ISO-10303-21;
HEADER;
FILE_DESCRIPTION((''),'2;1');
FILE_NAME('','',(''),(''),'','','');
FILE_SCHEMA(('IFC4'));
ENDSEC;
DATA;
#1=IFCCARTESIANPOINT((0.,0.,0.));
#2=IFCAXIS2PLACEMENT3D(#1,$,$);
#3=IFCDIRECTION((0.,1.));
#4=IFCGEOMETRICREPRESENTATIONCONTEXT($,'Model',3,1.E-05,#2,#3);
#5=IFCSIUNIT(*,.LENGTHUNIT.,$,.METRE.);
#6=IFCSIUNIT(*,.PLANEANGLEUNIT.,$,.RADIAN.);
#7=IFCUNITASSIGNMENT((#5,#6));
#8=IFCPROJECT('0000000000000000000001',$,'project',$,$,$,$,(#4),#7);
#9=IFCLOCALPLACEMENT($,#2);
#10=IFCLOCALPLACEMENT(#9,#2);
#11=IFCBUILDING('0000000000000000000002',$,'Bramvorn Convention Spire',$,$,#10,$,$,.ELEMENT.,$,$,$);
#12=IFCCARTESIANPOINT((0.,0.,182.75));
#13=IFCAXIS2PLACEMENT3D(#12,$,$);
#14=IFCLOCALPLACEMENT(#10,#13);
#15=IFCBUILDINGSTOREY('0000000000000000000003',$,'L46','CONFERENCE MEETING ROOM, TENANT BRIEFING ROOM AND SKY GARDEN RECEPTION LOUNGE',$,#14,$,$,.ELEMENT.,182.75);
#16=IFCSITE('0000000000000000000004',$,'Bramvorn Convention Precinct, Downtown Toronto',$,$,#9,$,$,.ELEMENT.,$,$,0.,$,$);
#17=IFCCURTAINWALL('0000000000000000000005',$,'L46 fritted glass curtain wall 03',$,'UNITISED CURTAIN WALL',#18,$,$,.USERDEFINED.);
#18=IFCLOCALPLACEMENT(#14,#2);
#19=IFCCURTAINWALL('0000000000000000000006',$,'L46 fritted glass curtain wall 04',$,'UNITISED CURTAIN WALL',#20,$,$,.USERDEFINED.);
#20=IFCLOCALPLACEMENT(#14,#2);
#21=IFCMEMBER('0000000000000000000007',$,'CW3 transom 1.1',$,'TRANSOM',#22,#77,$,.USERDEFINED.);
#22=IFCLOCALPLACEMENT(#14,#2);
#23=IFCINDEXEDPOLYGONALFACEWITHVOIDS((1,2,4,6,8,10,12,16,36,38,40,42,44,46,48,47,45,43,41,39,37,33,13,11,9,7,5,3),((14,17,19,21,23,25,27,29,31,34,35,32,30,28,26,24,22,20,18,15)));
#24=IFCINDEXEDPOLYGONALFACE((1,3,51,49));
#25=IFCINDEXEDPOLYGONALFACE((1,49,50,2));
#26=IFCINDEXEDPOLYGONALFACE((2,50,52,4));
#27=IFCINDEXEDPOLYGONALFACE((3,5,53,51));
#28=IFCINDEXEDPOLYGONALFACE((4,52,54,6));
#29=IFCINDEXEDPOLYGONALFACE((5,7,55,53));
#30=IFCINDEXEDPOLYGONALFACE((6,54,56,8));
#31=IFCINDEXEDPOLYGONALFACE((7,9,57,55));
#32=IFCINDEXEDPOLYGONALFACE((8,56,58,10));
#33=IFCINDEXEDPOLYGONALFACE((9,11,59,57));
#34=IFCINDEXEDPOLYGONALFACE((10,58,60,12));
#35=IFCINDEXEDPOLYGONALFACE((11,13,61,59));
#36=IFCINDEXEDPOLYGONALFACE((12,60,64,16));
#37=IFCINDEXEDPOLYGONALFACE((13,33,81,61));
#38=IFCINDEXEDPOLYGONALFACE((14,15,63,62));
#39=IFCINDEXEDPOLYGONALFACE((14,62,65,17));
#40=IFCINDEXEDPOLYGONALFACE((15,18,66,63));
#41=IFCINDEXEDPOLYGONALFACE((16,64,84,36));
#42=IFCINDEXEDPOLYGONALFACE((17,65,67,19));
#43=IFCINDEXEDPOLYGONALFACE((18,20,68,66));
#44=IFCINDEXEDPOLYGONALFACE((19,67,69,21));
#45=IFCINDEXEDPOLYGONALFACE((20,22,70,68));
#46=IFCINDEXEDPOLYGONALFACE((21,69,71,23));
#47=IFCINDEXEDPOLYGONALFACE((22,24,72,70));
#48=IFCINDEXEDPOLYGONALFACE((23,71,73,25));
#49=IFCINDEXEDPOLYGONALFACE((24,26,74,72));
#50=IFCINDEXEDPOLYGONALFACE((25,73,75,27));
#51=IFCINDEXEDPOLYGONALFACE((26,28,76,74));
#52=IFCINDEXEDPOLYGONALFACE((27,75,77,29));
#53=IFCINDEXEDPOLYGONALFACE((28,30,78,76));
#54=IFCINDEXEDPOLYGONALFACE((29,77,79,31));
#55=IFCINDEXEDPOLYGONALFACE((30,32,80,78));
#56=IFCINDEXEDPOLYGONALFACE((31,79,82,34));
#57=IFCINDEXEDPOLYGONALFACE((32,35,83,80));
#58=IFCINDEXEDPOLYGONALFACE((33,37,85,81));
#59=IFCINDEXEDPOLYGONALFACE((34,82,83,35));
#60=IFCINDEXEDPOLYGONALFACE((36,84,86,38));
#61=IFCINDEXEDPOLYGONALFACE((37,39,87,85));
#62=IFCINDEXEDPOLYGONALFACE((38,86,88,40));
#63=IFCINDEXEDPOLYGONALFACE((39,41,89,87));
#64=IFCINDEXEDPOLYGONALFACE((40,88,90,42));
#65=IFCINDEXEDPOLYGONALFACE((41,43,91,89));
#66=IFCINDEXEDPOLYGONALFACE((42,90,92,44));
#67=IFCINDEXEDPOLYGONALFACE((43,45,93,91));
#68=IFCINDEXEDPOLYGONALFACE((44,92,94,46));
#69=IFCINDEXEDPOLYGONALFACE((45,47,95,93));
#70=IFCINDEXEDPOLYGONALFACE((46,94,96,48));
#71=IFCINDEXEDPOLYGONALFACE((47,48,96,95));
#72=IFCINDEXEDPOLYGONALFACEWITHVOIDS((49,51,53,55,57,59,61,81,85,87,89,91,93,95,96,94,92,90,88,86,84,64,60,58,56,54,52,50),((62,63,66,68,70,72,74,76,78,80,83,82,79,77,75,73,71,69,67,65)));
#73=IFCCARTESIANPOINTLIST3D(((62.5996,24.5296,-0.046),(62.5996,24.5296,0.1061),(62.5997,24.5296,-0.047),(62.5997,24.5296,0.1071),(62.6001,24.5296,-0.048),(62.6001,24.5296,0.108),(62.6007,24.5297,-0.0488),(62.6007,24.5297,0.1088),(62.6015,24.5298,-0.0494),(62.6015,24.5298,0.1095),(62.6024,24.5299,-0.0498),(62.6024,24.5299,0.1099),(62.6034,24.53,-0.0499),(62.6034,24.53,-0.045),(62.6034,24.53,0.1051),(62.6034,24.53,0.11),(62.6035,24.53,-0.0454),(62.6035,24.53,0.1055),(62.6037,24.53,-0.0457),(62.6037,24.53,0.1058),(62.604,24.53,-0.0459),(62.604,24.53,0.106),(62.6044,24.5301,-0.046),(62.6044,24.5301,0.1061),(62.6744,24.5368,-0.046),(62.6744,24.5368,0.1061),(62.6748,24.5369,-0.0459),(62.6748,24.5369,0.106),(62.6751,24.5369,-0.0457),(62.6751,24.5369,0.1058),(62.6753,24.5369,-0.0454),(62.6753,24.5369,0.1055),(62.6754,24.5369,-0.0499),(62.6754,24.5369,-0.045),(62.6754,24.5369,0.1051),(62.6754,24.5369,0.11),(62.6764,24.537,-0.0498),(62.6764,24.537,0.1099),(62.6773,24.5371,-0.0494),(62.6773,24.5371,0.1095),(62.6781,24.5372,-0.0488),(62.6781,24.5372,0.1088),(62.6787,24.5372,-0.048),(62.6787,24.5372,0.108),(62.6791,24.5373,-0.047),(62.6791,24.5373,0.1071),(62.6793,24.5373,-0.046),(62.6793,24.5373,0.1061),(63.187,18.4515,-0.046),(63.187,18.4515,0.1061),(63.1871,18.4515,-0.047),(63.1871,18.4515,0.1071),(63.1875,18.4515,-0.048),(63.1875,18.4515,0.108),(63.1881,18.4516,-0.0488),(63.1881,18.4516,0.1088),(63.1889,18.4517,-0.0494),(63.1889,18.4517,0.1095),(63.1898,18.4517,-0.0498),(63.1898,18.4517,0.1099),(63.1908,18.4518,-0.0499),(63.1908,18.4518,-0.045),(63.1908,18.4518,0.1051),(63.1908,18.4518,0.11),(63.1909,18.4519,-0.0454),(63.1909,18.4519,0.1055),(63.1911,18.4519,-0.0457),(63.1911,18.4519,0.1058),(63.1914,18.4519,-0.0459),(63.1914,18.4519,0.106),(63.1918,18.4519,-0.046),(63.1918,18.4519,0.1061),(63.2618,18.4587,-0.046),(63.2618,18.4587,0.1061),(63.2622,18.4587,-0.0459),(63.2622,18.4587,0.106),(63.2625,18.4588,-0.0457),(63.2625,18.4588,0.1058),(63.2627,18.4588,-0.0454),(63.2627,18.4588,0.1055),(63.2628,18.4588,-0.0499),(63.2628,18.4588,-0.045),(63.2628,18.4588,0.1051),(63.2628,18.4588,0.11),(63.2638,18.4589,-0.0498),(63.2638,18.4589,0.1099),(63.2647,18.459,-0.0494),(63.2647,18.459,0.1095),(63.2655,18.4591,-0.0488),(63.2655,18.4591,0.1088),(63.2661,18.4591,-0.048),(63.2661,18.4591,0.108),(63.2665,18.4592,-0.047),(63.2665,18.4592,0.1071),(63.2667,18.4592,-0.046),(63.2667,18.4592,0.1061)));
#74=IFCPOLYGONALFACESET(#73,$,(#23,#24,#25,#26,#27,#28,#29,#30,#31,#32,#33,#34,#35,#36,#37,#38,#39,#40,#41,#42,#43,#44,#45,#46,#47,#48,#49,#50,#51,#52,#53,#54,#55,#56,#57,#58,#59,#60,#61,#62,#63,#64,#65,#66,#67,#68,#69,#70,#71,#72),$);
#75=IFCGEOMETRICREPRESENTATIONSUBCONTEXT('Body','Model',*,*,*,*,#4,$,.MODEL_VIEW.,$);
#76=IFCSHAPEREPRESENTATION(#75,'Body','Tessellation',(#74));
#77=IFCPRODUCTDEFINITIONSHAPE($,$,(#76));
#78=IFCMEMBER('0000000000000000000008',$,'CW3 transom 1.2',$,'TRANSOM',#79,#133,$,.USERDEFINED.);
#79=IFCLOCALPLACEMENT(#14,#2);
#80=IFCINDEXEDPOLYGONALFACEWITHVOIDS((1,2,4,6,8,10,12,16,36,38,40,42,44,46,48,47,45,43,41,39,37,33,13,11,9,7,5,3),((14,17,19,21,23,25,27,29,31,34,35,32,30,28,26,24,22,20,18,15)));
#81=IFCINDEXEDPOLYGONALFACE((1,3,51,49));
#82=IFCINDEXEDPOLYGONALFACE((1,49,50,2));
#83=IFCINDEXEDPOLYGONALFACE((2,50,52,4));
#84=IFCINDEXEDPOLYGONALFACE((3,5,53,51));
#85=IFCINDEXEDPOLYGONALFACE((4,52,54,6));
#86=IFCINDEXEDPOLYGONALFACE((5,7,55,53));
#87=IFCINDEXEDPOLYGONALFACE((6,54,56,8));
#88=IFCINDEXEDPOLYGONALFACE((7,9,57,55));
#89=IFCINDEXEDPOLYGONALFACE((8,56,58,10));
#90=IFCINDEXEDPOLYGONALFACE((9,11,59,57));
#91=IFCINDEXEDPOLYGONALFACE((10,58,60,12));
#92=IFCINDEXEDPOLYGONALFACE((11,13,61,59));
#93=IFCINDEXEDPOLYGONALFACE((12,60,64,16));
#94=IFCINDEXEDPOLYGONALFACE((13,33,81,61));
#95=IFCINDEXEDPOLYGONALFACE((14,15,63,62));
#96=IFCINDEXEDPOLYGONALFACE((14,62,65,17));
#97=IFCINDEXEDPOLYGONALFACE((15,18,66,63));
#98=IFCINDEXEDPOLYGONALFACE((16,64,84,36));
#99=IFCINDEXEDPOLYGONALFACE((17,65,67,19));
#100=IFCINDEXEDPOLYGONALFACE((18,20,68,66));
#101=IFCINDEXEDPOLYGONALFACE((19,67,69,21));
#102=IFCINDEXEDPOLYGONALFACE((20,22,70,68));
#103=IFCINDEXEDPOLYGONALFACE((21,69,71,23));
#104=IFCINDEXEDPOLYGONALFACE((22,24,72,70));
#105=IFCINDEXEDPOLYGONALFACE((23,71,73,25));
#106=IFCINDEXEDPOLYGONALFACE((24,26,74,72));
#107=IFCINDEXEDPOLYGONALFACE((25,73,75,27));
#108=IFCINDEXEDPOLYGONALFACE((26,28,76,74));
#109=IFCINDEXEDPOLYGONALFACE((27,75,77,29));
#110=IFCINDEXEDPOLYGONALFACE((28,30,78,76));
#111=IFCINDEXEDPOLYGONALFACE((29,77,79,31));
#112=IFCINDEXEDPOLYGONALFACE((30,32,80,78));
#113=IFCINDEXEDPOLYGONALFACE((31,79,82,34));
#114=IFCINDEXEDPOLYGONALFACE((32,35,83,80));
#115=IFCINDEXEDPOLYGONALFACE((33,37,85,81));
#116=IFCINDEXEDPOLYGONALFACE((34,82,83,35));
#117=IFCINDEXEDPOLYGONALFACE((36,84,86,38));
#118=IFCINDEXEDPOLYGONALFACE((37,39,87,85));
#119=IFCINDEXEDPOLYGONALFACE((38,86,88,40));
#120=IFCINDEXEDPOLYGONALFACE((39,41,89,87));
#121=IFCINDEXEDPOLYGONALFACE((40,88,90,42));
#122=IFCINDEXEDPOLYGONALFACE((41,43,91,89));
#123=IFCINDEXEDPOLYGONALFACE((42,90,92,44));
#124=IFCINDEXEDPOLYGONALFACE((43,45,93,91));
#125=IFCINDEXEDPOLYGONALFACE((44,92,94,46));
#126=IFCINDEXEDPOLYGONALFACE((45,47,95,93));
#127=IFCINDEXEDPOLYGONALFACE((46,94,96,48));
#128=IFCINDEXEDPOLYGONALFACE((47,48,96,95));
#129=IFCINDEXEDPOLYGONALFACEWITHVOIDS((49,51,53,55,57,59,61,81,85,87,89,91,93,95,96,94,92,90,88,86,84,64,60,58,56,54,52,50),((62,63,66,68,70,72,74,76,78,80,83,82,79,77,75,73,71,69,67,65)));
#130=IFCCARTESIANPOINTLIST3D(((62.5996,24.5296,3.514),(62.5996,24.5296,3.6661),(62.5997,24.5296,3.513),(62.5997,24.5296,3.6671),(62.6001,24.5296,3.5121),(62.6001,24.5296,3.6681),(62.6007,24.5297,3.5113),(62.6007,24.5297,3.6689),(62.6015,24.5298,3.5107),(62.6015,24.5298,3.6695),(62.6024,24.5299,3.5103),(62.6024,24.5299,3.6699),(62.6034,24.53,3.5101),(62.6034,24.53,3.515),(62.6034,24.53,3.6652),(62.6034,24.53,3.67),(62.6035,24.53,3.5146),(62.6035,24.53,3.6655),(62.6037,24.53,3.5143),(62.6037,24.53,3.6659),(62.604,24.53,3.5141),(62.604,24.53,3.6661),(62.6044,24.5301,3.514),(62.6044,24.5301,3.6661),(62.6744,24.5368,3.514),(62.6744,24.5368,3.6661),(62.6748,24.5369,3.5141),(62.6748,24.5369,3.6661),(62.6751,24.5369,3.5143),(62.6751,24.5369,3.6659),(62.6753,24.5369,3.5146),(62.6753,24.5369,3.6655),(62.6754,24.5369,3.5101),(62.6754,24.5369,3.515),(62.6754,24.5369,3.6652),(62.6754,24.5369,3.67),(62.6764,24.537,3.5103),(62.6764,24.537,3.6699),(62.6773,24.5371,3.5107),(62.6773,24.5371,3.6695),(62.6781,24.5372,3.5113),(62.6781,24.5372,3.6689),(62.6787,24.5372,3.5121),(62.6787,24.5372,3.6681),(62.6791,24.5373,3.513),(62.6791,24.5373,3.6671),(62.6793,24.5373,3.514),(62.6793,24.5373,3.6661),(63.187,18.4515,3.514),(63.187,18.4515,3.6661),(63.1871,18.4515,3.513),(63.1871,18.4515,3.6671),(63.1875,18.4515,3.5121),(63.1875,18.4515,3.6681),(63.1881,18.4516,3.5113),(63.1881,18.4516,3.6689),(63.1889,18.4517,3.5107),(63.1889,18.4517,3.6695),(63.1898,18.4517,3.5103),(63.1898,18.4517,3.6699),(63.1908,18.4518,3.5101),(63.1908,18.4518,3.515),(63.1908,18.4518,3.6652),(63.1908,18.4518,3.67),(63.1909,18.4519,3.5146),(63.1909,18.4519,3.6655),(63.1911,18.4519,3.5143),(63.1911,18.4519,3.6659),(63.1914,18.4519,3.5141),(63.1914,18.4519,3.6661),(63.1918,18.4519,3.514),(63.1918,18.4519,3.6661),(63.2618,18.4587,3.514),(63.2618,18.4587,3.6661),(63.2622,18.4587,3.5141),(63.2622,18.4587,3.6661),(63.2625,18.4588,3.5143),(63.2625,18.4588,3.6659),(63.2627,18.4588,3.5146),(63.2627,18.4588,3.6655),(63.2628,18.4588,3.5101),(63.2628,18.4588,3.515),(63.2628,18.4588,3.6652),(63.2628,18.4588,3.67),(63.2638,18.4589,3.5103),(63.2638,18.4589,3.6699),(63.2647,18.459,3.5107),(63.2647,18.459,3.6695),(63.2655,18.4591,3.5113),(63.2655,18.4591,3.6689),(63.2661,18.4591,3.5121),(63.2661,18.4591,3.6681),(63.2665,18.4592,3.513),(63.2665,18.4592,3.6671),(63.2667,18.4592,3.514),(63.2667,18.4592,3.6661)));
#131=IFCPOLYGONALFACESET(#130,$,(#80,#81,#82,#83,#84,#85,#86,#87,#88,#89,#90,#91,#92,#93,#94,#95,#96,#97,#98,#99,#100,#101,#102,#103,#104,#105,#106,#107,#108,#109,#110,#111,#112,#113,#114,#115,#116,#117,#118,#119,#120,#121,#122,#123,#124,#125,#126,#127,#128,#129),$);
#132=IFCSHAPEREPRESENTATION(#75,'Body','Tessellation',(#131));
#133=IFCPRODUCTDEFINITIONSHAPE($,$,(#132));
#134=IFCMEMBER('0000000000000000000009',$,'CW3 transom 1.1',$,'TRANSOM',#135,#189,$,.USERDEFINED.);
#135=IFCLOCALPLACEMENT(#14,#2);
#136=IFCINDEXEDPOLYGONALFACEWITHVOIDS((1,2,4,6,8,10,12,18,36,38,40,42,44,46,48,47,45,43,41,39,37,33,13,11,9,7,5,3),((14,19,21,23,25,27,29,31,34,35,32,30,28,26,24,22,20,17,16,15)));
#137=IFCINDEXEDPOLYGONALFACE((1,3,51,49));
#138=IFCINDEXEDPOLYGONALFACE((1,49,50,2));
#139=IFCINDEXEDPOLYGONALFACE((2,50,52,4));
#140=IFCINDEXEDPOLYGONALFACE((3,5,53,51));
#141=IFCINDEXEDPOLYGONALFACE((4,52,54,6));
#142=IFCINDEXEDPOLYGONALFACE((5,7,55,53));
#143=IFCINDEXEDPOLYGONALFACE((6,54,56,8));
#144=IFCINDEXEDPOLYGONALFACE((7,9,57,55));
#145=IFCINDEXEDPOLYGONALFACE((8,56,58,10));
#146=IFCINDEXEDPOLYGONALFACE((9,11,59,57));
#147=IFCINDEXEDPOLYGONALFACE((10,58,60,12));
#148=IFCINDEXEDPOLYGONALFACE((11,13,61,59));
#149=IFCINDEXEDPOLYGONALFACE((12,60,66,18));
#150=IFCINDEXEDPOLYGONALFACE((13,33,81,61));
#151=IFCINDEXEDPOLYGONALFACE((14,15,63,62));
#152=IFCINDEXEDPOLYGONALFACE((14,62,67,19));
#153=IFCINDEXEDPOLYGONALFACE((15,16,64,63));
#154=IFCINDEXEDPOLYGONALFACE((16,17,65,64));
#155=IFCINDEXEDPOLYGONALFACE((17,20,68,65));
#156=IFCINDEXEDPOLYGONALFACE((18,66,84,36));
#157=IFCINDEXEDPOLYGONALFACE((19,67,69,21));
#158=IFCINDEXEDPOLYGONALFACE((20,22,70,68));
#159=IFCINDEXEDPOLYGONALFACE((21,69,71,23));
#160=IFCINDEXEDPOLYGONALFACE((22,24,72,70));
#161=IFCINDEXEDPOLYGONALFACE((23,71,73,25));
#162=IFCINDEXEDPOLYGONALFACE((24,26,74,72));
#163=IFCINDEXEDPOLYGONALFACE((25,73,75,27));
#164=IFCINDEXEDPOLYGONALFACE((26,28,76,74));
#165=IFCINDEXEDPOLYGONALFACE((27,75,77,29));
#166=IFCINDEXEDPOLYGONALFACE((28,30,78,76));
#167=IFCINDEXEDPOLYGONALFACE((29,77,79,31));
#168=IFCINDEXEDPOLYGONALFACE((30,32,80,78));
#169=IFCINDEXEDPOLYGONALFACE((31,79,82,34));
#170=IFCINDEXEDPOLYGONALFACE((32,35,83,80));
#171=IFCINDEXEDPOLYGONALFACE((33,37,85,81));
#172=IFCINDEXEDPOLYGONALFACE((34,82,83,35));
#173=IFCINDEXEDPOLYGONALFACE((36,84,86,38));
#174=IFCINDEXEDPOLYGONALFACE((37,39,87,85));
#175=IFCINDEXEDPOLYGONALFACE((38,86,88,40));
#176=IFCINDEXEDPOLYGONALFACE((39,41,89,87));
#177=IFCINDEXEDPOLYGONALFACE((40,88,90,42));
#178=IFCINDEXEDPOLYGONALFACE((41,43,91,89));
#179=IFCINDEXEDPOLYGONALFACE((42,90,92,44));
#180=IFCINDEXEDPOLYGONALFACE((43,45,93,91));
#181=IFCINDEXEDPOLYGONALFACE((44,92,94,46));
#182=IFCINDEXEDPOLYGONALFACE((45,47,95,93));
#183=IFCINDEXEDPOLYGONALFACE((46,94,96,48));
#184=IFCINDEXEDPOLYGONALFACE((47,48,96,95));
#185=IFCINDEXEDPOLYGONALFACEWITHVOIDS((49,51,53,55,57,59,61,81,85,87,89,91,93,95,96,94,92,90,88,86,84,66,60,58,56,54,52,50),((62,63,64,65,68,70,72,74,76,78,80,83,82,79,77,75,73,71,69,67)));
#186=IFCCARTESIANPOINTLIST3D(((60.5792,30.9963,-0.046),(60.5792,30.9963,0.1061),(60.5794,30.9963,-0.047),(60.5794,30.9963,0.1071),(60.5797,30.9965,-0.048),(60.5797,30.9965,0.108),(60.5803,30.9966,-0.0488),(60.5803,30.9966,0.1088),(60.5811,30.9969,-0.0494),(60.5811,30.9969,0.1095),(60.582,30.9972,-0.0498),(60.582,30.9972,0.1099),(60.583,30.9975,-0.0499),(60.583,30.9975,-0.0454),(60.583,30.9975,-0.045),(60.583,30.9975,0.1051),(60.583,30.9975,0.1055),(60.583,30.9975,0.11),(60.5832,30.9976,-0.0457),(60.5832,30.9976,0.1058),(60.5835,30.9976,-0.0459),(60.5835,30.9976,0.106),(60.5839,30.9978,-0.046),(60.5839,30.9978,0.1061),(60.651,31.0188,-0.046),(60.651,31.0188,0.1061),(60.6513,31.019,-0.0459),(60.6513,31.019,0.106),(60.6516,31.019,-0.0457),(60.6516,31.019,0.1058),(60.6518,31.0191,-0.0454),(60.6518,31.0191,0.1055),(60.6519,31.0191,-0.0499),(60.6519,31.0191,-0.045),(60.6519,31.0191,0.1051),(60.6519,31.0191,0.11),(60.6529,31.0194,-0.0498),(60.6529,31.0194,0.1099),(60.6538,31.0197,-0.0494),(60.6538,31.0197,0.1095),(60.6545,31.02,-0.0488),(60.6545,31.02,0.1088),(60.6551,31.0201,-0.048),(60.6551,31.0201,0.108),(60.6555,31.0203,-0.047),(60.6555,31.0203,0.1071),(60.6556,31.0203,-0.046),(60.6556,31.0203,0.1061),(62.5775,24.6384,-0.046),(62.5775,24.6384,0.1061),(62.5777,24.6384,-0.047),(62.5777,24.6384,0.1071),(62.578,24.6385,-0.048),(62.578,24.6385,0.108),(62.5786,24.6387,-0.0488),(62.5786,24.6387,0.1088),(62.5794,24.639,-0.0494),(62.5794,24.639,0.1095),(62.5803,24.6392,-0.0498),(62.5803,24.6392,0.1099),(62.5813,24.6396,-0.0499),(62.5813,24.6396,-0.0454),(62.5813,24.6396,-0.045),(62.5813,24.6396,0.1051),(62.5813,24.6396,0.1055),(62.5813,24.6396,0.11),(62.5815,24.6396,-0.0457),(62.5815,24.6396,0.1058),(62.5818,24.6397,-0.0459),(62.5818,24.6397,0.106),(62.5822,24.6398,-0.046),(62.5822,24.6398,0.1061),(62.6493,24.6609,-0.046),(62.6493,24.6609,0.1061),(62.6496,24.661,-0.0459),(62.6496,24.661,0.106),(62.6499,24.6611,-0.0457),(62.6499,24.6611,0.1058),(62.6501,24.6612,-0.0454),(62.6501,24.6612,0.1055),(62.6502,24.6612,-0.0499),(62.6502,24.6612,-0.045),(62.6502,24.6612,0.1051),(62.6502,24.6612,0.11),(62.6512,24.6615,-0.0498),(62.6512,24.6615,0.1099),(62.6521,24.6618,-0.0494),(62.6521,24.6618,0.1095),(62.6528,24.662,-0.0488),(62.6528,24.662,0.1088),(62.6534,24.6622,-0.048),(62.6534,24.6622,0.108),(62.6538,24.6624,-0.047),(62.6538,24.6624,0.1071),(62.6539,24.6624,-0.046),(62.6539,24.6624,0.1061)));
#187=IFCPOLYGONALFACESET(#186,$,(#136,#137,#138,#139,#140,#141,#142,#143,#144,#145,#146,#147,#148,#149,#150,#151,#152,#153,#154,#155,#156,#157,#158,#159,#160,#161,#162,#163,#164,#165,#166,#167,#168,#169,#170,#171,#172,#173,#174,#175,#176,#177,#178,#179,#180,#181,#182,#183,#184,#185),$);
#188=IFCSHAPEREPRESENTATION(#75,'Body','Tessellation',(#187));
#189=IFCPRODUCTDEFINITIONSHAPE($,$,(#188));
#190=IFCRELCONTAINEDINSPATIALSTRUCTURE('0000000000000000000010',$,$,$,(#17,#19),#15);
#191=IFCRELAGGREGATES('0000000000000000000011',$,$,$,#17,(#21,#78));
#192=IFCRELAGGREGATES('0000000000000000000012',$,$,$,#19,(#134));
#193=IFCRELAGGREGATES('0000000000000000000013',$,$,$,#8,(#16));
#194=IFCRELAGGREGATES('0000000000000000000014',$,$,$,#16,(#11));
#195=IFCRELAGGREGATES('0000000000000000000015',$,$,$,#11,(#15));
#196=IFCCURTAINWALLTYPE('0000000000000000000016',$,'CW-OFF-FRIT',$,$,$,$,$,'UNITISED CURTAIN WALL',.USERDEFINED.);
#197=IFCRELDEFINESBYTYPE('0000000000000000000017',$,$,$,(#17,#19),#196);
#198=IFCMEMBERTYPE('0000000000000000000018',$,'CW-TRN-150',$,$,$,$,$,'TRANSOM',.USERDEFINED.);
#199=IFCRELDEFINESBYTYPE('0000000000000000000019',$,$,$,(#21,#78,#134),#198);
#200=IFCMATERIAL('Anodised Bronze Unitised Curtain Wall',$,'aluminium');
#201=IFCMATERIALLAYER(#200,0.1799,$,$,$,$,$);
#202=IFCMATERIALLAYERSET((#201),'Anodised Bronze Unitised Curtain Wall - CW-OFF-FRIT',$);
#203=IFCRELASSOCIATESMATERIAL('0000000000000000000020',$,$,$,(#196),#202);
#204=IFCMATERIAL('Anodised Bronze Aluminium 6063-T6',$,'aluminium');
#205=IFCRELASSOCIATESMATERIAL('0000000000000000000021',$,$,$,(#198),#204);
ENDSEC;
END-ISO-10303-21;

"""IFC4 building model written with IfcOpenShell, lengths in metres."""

from ifc_helpers import new_model, si_unit, direction, frame, origin, origin_2d, place, context, subcontext, project, spatial, hollow_rectangle, extrude, material, layer, layer_set, material_profile, profile_set, type_object, element, aggregate, save


model = new_model("IFC4")

# Units and contexts
model_context = context("Model", 3, precision=1e-05, world=origin(), true_north=direction((0.0, 1.0)))
body_context = subcontext(model_context, "Body", "Model", "MODEL_VIEW")
ifc_project = project(units=[si_unit("LENGTHUNIT", "METRE"), si_unit("PLANEANGLEUNIT", "RADIAN")], contexts=[model_context])

# Site, building, storey
site_placement = place(None, origin())
site = spatial("IfcSite", under=ifc_project, at=site_placement, Name="Bramvorn Convention Precinct, Downtown Toronto", CompositionType="ELEMENT", RefElevation=0.0)
building_placement = place(site_placement, origin())
building = spatial("IfcBuilding", under=site, at=building_placement, Name="Bramvorn Convention Spire", CompositionType="ELEMENT")
storey_placement = place(building_placement, frame((0.0, 0.0, 182.75)))
storey = spatial("IfcBuildingStorey", under=building, at=storey_placement, Name="L46", Description="CONFERENCE MEETING ROOM, TENANT BRIEFING ROOM AND SKY GARDEN RECEPTION LOUNGE", CompositionType="ELEMENT", Elevation=182.75)

# Curtain wall
ifc_material_1 = material(Name="Anodised Bronze Unitised Curtain Wall", Category="aluminium")
ifc_layer_1 = layer(ifc_material_1, 0.1799)
ifc_layer_set_1 = layer_set([ifc_layer_1], Name="Anodised Bronze Unitised Curtain Wall - CW-OFF-FRIT")
curtain_wall_type = type_object("IfcCurtainWallType", Name="CW-OFF-FRIT", ElementType="UNITISED CURTAIN WALL", PredefinedType="USERDEFINED", material=ifc_layer_set_1)
curtain_wall_1_placement = place(storey_placement, origin())
curtain_wall_1 = element("IfcCurtainWall", 1, at=curtain_wall_1_placement, inside=storey, type_object=curtain_wall_type, Name="L46 fritted glass curtain wall 03", ObjectType="UNITISED CURTAIN WALL", PredefinedType="USERDEFINED")
ifc_material_2 = material(Name="Anodised Bronze Aluminium 6063-T6", Category="aluminium")

# Curtain wall
curtain_wall_2_placement = place(storey_placement, origin())
curtain_wall_2 = element("IfcCurtainWall", 2, at=curtain_wall_2_placement, inside=storey, type_object=curtain_wall_type, Name="L46 fritted glass curtain wall 04", ObjectType="UNITISED CURTAIN WALL", PredefinedType="USERDEFINED")

# Members
ifc_material_profile_1 = material_profile(ifc_material_2, hollow_rectangle(XDim=0.0801, YDim=0.1599, WallThickness=0.0039, InnerFilletRadius=0.001, OuterFilletRadius=0.0039, at=origin_2d()))
ifc_profile_set_1 = profile_set([ifc_material_profile_1], Name="Anodised Bronze Aluminium 6063-T6 - CWT80X160")
member_type_1 = type_object("IfcMemberType", Name="CW-TRN-150", ElementType="TRANSOM", PredefinedType="USERDEFINED", material=ifc_profile_set_1)
member_1_placement = place(storey_placement, frame((62.6394, 24.5334, 0.03), z_axis=(0.096194, -0.995363, 0.0), x_axis=(0.995363, 0.096194, 0.0)))
member_1 = element("IfcMember", 3, at=member_1_placement, type_object=member_type_1, Name="CW3 transom 1.1", ObjectType="TRANSOM", PredefinedType="USERDEFINED", context=body_context, shape_type="SweptSolid", body=[
    extrude(hollow_rectangle(XDim=0.0801, YDim=0.1599, WallThickness=0.0039, InnerFilletRadius=0.001, OuterFilletRadius=0.0039, at=origin_2d()), origin(), (0.0, 0.0, 1.0), 6.1064),
])
member_2_placement = place(storey_placement, frame((62.6394, 24.5334, 3.5901), z_axis=(0.096194, -0.995363, 0.0), x_axis=(0.995363, 0.096194, 0.0)))
member_2 = element("IfcMember", 4, at=member_2_placement, type_object=member_type_1, Name="CW3 transom 1.2", ObjectType="TRANSOM", PredefinedType="USERDEFINED", context=body_context, shape_type="SweptSolid", body=[
    extrude(hollow_rectangle(XDim=0.0801, YDim=0.1599, WallThickness=0.0039, InnerFilletRadius=0.001, OuterFilletRadius=0.0039, at=origin_2d()), origin(), (0.0, 0.0, 1.0), 6.1064),
])
aggregate(curtain_wall_1, [member_1, member_2])
member_3_placement = place(storey_placement, frame((60.6174, 31.0083, 0.03), z_axis=(0.299839, -0.95399, 0.0), x_axis=(0.95399, 0.299839, 0.0)))
member_3 = element("IfcMember", 5, at=member_3_placement, type_object=member_type_1, Name="CW3 transom 1.1", ObjectType="TRANSOM", PredefinedType="USERDEFINED", context=body_context, shape_type="SweptSolid", body=[
    extrude(hollow_rectangle(XDim=0.0801, YDim=0.1599, WallThickness=0.0039, InnerFilletRadius=0.001, OuterFilletRadius=0.0039, at=origin_2d()), origin(), (0.0, 0.0, 1.0), 6.6646),
])

aggregate(curtain_wall_2, [member_3])

save(model, "model.ifc")
